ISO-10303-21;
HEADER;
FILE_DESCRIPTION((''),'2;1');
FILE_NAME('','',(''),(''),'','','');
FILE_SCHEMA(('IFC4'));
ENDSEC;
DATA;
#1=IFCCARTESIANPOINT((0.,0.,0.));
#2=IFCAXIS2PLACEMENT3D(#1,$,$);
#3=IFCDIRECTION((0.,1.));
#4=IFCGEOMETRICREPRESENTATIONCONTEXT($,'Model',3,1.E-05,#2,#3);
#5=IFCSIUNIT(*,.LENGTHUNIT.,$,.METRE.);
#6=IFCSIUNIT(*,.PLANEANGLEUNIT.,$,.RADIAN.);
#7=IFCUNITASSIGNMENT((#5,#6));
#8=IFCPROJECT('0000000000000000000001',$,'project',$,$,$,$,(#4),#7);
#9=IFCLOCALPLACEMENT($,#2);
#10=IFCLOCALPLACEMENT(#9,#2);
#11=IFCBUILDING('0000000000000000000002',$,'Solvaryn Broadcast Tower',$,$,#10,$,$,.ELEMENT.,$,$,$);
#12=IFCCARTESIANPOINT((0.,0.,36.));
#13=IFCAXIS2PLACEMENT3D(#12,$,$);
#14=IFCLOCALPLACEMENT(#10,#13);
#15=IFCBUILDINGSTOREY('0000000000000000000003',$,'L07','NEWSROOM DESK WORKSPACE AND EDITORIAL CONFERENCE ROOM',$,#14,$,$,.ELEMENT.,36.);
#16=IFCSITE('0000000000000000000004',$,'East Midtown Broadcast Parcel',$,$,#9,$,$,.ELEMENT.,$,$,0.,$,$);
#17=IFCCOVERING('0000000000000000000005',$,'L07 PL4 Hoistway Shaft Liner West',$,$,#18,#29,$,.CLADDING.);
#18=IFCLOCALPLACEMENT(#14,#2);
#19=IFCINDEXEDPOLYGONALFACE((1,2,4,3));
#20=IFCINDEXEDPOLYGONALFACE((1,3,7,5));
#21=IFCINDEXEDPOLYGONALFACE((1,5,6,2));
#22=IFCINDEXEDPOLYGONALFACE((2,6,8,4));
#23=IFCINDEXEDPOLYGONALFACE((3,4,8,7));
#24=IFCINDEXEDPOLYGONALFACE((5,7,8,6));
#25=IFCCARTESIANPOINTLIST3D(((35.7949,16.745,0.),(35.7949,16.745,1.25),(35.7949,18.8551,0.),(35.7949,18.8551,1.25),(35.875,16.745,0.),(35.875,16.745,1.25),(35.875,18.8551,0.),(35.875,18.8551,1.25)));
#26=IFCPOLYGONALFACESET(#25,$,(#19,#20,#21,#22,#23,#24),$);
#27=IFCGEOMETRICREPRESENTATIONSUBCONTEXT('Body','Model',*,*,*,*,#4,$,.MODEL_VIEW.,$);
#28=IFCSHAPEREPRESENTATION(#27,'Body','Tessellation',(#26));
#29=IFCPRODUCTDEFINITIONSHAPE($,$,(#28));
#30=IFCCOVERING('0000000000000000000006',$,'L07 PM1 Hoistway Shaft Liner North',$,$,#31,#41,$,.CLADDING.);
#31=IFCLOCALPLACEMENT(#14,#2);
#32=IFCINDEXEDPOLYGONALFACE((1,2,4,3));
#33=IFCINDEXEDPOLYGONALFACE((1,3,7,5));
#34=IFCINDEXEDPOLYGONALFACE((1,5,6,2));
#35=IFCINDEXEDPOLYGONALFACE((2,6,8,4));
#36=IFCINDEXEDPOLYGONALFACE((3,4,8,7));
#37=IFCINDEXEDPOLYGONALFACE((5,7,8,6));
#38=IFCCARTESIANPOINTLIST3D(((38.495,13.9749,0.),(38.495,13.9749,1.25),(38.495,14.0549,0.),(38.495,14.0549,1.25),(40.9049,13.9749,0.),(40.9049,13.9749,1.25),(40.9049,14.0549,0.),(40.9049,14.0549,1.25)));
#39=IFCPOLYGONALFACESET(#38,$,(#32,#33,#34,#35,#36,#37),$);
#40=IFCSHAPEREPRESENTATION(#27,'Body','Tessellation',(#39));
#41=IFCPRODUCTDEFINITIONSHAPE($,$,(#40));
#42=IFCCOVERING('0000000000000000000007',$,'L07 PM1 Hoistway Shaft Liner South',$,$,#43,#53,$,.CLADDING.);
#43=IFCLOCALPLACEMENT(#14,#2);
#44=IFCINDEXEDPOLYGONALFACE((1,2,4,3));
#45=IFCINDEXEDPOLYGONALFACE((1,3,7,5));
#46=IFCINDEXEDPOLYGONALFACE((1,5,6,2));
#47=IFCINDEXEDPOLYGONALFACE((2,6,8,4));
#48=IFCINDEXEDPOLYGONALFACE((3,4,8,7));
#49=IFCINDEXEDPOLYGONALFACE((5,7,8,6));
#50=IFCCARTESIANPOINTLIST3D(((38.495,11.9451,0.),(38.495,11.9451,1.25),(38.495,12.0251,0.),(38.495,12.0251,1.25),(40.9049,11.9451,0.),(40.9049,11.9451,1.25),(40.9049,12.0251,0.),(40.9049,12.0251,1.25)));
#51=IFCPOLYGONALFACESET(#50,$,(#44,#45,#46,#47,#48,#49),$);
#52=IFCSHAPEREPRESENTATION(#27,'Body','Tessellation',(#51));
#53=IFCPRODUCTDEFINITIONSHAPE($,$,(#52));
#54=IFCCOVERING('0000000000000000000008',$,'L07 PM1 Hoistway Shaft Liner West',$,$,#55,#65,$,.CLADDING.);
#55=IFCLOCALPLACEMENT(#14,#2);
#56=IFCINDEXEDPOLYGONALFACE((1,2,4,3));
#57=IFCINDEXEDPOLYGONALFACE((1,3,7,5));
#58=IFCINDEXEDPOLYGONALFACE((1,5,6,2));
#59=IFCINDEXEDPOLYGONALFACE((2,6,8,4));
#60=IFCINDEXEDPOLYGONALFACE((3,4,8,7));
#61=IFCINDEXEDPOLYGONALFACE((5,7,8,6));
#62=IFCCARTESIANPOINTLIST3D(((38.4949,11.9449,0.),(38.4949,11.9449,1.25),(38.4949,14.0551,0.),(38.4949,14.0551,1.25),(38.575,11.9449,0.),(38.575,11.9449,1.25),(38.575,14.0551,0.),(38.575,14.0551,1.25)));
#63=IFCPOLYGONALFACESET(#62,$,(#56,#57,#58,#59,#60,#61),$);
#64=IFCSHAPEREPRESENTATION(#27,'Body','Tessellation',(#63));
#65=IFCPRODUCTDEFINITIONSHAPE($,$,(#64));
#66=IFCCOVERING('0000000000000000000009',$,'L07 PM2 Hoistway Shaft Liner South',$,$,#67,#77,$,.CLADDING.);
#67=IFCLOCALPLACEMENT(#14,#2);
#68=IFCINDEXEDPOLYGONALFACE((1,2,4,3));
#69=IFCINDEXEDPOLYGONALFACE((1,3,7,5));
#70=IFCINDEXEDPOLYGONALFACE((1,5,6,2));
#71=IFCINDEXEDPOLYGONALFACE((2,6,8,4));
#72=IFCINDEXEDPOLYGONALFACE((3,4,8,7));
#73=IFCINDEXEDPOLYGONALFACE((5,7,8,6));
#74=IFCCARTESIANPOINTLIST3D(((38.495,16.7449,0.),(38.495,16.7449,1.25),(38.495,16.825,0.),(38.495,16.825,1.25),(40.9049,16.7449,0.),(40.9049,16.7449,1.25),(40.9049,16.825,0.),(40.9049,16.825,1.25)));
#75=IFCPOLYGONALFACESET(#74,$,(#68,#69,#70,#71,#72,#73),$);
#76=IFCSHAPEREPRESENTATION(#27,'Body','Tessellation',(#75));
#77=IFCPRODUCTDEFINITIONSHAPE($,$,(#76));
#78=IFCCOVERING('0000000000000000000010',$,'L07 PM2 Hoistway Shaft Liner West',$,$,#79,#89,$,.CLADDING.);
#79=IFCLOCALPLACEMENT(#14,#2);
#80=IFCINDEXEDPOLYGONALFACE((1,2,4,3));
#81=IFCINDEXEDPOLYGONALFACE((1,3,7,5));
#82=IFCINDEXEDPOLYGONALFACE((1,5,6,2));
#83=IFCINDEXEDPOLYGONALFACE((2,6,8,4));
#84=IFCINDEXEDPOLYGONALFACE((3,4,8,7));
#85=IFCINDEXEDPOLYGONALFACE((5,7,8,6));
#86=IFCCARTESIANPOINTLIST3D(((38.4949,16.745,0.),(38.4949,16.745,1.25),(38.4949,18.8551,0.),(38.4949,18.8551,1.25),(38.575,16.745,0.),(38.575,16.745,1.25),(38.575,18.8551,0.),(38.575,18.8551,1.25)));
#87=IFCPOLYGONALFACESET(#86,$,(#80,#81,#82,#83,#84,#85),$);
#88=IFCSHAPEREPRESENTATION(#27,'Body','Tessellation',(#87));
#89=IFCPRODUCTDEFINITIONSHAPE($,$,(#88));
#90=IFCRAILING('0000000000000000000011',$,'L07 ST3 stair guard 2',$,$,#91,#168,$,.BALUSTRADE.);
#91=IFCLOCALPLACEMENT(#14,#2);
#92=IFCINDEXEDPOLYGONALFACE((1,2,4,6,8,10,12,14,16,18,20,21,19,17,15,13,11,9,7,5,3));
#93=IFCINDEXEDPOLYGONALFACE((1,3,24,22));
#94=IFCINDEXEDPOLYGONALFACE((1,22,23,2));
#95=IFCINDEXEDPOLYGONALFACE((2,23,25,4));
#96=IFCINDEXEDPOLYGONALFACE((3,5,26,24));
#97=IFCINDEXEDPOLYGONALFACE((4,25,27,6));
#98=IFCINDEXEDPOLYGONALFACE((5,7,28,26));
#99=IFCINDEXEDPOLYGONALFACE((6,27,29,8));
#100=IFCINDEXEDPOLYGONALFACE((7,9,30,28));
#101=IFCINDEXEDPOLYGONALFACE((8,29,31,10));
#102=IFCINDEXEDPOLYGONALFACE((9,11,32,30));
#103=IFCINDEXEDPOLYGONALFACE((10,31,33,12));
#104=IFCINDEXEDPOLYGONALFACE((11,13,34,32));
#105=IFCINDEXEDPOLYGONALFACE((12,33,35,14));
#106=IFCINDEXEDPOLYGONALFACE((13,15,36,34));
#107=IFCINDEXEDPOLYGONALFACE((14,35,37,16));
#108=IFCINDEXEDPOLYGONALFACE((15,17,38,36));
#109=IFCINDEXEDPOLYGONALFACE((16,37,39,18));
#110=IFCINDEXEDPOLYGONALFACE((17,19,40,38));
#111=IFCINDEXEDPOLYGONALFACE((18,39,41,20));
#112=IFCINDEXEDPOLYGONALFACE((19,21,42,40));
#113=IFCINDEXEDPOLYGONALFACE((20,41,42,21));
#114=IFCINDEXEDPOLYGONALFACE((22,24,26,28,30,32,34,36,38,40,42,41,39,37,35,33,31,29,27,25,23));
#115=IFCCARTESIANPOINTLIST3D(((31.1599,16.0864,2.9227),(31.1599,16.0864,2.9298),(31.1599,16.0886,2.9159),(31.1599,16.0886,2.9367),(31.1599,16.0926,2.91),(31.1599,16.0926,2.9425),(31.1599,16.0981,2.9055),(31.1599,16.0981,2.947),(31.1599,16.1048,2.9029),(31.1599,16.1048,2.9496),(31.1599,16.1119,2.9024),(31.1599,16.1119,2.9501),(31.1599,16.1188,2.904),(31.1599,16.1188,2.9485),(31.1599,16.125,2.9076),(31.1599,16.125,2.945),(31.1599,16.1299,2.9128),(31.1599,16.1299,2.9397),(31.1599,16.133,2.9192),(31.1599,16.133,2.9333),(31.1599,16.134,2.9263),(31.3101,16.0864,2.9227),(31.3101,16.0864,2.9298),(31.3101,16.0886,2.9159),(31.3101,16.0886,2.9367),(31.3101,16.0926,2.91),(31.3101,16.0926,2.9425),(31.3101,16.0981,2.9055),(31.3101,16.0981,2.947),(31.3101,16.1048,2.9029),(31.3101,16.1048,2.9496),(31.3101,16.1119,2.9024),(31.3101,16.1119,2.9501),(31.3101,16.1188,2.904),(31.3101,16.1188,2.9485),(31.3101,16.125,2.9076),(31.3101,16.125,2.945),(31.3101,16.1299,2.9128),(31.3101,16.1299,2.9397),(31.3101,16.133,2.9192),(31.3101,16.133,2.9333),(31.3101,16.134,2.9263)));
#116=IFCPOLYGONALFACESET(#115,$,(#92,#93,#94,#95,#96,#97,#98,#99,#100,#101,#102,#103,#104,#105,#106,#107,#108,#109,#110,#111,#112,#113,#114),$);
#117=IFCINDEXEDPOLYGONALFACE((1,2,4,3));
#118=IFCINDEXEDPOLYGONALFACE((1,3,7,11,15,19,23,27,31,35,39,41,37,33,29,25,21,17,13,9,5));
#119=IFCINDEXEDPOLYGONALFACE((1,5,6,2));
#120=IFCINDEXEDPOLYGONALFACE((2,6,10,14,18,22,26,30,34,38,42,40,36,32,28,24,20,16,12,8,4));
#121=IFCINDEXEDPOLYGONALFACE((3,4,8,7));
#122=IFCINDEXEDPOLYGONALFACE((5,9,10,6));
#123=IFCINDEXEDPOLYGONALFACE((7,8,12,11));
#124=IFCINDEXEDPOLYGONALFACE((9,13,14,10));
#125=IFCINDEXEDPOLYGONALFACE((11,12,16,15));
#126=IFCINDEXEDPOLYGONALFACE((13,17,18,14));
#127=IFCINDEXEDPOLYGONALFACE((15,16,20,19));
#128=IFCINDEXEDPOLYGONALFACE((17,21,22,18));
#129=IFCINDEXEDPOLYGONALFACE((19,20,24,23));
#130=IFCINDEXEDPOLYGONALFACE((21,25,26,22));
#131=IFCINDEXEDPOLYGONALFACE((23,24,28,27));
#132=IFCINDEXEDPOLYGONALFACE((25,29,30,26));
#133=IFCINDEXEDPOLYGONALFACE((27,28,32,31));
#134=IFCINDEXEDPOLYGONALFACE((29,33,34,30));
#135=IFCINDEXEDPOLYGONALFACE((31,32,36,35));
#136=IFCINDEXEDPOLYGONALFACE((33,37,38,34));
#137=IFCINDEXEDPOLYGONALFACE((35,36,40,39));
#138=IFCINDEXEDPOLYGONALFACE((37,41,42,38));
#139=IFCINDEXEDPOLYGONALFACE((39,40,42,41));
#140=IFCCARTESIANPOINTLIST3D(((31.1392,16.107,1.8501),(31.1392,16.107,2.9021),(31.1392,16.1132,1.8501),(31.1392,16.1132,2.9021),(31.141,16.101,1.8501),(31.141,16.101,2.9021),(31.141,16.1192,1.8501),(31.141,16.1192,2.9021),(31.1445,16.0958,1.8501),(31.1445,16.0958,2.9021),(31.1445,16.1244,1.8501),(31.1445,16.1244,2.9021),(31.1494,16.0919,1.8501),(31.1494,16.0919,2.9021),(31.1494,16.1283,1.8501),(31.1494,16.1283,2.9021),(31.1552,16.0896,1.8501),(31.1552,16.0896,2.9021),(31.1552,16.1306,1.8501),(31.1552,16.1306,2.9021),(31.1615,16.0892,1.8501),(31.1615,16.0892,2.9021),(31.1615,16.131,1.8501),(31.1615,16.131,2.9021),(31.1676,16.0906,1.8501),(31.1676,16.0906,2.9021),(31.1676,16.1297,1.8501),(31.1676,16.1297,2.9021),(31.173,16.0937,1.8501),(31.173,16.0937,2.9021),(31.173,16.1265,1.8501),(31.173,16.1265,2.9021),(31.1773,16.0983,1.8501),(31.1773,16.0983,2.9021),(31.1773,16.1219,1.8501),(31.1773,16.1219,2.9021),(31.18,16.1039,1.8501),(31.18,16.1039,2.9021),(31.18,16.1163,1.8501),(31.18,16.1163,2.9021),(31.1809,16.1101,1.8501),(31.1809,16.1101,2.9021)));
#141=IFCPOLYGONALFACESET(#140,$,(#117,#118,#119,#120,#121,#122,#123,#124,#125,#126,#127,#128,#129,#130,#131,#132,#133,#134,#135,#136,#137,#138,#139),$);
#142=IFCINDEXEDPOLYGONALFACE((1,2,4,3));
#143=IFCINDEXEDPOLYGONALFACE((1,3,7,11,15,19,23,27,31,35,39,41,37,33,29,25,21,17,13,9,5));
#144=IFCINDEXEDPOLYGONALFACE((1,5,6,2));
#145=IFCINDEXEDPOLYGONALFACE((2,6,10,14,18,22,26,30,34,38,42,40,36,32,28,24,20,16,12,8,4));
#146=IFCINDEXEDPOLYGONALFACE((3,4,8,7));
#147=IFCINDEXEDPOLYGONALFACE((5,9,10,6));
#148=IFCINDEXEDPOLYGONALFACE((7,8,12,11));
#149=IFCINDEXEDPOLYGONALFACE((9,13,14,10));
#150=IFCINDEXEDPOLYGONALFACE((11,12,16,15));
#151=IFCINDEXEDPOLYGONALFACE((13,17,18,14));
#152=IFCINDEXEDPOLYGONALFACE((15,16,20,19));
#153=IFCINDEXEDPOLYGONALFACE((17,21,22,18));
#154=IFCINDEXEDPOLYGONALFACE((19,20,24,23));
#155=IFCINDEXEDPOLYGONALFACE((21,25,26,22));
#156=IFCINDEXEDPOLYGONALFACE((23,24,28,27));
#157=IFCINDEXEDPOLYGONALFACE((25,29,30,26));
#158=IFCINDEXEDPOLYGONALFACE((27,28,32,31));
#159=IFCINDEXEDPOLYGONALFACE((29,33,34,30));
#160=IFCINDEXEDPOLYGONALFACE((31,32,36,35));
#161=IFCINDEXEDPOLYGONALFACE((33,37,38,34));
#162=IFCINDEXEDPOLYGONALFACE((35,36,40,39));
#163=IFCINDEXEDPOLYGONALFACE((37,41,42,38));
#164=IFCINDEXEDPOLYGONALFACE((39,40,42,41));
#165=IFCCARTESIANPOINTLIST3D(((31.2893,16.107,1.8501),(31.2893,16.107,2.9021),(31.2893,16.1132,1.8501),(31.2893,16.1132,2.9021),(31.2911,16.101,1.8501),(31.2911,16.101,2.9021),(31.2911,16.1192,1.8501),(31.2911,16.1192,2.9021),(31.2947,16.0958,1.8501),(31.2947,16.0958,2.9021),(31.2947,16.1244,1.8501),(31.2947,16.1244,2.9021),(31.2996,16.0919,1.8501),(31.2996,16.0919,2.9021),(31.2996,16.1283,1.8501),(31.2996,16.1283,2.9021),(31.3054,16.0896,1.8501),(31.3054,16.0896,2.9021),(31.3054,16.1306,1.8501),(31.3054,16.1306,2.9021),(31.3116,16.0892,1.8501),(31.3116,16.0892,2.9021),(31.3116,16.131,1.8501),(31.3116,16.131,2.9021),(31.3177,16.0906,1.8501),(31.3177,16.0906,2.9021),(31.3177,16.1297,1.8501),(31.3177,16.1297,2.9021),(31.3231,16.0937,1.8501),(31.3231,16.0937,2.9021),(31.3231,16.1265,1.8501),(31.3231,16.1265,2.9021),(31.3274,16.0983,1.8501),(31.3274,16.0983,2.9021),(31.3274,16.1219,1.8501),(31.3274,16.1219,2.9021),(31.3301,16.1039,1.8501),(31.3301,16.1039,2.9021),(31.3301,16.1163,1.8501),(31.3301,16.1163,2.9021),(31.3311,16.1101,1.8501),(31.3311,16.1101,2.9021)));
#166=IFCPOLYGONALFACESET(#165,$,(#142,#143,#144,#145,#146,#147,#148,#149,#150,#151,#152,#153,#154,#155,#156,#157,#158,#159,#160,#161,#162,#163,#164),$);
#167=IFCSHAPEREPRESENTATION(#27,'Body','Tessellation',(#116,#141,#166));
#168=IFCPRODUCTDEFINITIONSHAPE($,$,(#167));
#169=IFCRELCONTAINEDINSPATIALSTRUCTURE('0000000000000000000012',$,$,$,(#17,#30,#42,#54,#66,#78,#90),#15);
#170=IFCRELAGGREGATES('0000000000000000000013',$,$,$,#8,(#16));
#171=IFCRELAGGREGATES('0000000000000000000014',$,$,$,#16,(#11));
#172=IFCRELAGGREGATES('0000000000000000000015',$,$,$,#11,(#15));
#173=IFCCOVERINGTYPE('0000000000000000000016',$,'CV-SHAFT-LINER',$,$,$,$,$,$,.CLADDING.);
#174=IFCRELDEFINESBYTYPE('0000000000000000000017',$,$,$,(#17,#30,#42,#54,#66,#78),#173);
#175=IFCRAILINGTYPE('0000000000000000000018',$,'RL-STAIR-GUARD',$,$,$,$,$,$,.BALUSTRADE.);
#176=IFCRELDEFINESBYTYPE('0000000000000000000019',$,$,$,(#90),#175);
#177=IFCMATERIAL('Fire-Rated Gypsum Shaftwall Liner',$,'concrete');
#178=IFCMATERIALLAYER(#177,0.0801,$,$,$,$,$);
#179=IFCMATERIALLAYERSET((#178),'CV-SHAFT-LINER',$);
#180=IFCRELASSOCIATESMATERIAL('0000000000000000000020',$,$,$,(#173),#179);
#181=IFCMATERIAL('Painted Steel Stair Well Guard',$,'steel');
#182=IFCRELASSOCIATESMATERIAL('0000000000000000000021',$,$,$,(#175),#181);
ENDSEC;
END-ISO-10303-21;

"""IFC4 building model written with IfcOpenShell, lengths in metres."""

from ifc_helpers import new_model, si_unit, direction, frame, origin, origin_2d, place, context, subcontext, project, spatial, rectangle, circle, extrude, material, layer, layer_set, type_object, element, save


model = new_model("IFC4")

# Units and contexts
model_context = context("Model", 3, precision=1e-05, world=origin(), true_north=direction((0.0, 1.0)))
body_context = subcontext(model_context, "Body", "Model", "MODEL_VIEW")
ifc_project = project(units=[si_unit("LENGTHUNIT", "METRE"), si_unit("PLANEANGLEUNIT", "RADIAN")], contexts=[model_context])

# Site, building, storey
site_placement = place(None, origin())
site = spatial("IfcSite", under=ifc_project, at=site_placement, Name="East Midtown Broadcast Parcel", CompositionType="ELEMENT", RefElevation=0.0)
building_placement = place(site_placement, origin())
building = spatial("IfcBuilding", under=site, at=building_placement, Name="Solvaryn Broadcast Tower", CompositionType="ELEMENT")
storey_placement = place(building_placement, frame((0.0, 0.0, 36.0)))
storey = spatial("IfcBuildingStorey", under=building, at=storey_placement, Name="L07", Description="NEWSROOM DESK WORKSPACE AND EDITORIAL CONFERENCE ROOM", CompositionType="ELEMENT", Elevation=36.0)

# Coverings
ifc_material_1 = material(Name="Fire-Rated Gypsum Shaftwall Liner", Category="concrete")
ifc_layer_1 = layer(ifc_material_1, 0.0801)
ifc_layer_set_1 = layer_set([ifc_layer_1], Name="CV-SHAFT-LINER")
covering_type = type_object("IfcCoveringType", Name="CV-SHAFT-LINER", PredefinedType="CLADDING", material=ifc_layer_set_1)
for number, where, z_axis, x_axis, name in (
    (1, (35.835, 17.8, 0.0), (0.0, 0.0, 1.0), (1.0, 0.0, 0.0), "L07 PL4 Hoistway Shaft Liner West"),
):
    element("IfcCovering", number, at=place(storey_placement, frame(where, z_axis=z_axis, x_axis=x_axis)), inside=storey, type_object=covering_type, Name=name, PredefinedType="CLADDING", context=body_context, shape_type="SweptSolid", body=[
        extrude(rectangle(XDim=0.0801, YDim=2.1101, at=origin_2d()), origin(), (0.0, 0.0, 1.0), 1.25),
    ])
for number, where, z_axis, x_axis, name in (
    (2, (39.7, 14.0149, 0.0), (0.0, 0.0, 1.0), (1.0, 0.0, 0.0), "L07 PM1 Hoistway Shaft Liner North"),
    (3, (39.7, 11.9851, 0.0), (0.0, 0.0, 1.0), (1.0, 0.0, 0.0), "L07 PM1 Hoistway Shaft Liner South"),
):
    element("IfcCovering", number, at=place(storey_placement, frame(where, z_axis=z_axis, x_axis=x_axis)), inside=storey, type_object=covering_type, Name=name, PredefinedType="CLADDING", context=body_context, shape_type="SweptSolid", body=[
        extrude(rectangle(XDim=2.4099, YDim=0.0801, at=origin_2d()), origin(), (0.0, 0.0, 1.0), 1.25),
    ])
covering_1_placement = place(storey_placement, frame((38.5349, 13.0, 0.0), z_axis=(0.0, 0.0, 1.0), x_axis=(1.0, 0.0, 0.0)))
element("IfcCovering", 4, at=covering_1_placement, inside=storey, type_object=covering_type, Name="L07 PM1 Hoistway Shaft Liner West", PredefinedType="CLADDING", context=body_context, shape_type="SweptSolid", body=[
    extrude(rectangle(XDim=0.0801, YDim=2.1101, at=origin_2d()), origin(), (0.0, 0.0, 1.0), 1.25),
])
covering_2_placement = place(storey_placement, frame((39.7, 16.7849, 0.0), z_axis=(0.0, 0.0, 1.0), x_axis=(1.0, 0.0, 0.0)))
element("IfcCovering", 5, at=covering_2_placement, inside=storey, type_object=covering_type, Name="L07 PM2 Hoistway Shaft Liner South", PredefinedType="CLADDING", context=body_context, shape_type="SweptSolid", body=[
    extrude(rectangle(XDim=2.4099, YDim=0.0801, at=origin_2d()), origin(), (0.0, 0.0, 1.0), 1.25),
])
covering_3_placement = place(storey_placement, frame((38.5349, 17.8, 0.0), z_axis=(0.0, 0.0, 1.0), x_axis=(1.0, 0.0, 0.0)))
element("IfcCovering", 6, at=covering_3_placement, inside=storey, type_object=covering_type, Name="L07 PM2 Hoistway Shaft Liner West", PredefinedType="CLADDING", context=body_context, shape_type="SweptSolid", body=[
    extrude(rectangle(XDim=0.0801, YDim=2.1101, at=origin_2d()), origin(), (0.0, 0.0, 1.0), 1.25),
])

# Railing
ifc_material_2 = material(Name="Painted Steel Stair Well Guard", Category="steel")
railing_type_1 = type_object("IfcRailingType", Name="RL-STAIR-GUARD", PredefinedType="BALUSTRADE", material=ifc_material_2)
railing_1_placement = place(storey_placement, frame((31.1599, 16.1101, 1.8501)))
element("IfcRailing", 7, at=railing_1_placement, inside=storey, type_object=railing_type_1, Name="L07 ST3 stair guard 2", PredefinedType="BALUSTRADE", context=body_context, shape_type="SweptSolid", body=[
    extrude(circle(Radius=0.0239, at=origin_2d()), frame((0.0, 0.0, 1.0762), z_axis=(1.0, 0.0, 0.0), x_axis=(0.0, 1.0, 0.0)), (0.0, 0.0, 1.0), 0.1501),
    extrude(circle(Radius=0.021, at=origin_2d()), origin(), (0.0, 0.0, 1.0), 1.052),
    extrude(circle(Radius=0.021, at=origin_2d()), frame((0.1501, 0.0, 0.0)), (0.0, 0.0, 1.0), 1.052),
])

save(model, "model.ifc")
